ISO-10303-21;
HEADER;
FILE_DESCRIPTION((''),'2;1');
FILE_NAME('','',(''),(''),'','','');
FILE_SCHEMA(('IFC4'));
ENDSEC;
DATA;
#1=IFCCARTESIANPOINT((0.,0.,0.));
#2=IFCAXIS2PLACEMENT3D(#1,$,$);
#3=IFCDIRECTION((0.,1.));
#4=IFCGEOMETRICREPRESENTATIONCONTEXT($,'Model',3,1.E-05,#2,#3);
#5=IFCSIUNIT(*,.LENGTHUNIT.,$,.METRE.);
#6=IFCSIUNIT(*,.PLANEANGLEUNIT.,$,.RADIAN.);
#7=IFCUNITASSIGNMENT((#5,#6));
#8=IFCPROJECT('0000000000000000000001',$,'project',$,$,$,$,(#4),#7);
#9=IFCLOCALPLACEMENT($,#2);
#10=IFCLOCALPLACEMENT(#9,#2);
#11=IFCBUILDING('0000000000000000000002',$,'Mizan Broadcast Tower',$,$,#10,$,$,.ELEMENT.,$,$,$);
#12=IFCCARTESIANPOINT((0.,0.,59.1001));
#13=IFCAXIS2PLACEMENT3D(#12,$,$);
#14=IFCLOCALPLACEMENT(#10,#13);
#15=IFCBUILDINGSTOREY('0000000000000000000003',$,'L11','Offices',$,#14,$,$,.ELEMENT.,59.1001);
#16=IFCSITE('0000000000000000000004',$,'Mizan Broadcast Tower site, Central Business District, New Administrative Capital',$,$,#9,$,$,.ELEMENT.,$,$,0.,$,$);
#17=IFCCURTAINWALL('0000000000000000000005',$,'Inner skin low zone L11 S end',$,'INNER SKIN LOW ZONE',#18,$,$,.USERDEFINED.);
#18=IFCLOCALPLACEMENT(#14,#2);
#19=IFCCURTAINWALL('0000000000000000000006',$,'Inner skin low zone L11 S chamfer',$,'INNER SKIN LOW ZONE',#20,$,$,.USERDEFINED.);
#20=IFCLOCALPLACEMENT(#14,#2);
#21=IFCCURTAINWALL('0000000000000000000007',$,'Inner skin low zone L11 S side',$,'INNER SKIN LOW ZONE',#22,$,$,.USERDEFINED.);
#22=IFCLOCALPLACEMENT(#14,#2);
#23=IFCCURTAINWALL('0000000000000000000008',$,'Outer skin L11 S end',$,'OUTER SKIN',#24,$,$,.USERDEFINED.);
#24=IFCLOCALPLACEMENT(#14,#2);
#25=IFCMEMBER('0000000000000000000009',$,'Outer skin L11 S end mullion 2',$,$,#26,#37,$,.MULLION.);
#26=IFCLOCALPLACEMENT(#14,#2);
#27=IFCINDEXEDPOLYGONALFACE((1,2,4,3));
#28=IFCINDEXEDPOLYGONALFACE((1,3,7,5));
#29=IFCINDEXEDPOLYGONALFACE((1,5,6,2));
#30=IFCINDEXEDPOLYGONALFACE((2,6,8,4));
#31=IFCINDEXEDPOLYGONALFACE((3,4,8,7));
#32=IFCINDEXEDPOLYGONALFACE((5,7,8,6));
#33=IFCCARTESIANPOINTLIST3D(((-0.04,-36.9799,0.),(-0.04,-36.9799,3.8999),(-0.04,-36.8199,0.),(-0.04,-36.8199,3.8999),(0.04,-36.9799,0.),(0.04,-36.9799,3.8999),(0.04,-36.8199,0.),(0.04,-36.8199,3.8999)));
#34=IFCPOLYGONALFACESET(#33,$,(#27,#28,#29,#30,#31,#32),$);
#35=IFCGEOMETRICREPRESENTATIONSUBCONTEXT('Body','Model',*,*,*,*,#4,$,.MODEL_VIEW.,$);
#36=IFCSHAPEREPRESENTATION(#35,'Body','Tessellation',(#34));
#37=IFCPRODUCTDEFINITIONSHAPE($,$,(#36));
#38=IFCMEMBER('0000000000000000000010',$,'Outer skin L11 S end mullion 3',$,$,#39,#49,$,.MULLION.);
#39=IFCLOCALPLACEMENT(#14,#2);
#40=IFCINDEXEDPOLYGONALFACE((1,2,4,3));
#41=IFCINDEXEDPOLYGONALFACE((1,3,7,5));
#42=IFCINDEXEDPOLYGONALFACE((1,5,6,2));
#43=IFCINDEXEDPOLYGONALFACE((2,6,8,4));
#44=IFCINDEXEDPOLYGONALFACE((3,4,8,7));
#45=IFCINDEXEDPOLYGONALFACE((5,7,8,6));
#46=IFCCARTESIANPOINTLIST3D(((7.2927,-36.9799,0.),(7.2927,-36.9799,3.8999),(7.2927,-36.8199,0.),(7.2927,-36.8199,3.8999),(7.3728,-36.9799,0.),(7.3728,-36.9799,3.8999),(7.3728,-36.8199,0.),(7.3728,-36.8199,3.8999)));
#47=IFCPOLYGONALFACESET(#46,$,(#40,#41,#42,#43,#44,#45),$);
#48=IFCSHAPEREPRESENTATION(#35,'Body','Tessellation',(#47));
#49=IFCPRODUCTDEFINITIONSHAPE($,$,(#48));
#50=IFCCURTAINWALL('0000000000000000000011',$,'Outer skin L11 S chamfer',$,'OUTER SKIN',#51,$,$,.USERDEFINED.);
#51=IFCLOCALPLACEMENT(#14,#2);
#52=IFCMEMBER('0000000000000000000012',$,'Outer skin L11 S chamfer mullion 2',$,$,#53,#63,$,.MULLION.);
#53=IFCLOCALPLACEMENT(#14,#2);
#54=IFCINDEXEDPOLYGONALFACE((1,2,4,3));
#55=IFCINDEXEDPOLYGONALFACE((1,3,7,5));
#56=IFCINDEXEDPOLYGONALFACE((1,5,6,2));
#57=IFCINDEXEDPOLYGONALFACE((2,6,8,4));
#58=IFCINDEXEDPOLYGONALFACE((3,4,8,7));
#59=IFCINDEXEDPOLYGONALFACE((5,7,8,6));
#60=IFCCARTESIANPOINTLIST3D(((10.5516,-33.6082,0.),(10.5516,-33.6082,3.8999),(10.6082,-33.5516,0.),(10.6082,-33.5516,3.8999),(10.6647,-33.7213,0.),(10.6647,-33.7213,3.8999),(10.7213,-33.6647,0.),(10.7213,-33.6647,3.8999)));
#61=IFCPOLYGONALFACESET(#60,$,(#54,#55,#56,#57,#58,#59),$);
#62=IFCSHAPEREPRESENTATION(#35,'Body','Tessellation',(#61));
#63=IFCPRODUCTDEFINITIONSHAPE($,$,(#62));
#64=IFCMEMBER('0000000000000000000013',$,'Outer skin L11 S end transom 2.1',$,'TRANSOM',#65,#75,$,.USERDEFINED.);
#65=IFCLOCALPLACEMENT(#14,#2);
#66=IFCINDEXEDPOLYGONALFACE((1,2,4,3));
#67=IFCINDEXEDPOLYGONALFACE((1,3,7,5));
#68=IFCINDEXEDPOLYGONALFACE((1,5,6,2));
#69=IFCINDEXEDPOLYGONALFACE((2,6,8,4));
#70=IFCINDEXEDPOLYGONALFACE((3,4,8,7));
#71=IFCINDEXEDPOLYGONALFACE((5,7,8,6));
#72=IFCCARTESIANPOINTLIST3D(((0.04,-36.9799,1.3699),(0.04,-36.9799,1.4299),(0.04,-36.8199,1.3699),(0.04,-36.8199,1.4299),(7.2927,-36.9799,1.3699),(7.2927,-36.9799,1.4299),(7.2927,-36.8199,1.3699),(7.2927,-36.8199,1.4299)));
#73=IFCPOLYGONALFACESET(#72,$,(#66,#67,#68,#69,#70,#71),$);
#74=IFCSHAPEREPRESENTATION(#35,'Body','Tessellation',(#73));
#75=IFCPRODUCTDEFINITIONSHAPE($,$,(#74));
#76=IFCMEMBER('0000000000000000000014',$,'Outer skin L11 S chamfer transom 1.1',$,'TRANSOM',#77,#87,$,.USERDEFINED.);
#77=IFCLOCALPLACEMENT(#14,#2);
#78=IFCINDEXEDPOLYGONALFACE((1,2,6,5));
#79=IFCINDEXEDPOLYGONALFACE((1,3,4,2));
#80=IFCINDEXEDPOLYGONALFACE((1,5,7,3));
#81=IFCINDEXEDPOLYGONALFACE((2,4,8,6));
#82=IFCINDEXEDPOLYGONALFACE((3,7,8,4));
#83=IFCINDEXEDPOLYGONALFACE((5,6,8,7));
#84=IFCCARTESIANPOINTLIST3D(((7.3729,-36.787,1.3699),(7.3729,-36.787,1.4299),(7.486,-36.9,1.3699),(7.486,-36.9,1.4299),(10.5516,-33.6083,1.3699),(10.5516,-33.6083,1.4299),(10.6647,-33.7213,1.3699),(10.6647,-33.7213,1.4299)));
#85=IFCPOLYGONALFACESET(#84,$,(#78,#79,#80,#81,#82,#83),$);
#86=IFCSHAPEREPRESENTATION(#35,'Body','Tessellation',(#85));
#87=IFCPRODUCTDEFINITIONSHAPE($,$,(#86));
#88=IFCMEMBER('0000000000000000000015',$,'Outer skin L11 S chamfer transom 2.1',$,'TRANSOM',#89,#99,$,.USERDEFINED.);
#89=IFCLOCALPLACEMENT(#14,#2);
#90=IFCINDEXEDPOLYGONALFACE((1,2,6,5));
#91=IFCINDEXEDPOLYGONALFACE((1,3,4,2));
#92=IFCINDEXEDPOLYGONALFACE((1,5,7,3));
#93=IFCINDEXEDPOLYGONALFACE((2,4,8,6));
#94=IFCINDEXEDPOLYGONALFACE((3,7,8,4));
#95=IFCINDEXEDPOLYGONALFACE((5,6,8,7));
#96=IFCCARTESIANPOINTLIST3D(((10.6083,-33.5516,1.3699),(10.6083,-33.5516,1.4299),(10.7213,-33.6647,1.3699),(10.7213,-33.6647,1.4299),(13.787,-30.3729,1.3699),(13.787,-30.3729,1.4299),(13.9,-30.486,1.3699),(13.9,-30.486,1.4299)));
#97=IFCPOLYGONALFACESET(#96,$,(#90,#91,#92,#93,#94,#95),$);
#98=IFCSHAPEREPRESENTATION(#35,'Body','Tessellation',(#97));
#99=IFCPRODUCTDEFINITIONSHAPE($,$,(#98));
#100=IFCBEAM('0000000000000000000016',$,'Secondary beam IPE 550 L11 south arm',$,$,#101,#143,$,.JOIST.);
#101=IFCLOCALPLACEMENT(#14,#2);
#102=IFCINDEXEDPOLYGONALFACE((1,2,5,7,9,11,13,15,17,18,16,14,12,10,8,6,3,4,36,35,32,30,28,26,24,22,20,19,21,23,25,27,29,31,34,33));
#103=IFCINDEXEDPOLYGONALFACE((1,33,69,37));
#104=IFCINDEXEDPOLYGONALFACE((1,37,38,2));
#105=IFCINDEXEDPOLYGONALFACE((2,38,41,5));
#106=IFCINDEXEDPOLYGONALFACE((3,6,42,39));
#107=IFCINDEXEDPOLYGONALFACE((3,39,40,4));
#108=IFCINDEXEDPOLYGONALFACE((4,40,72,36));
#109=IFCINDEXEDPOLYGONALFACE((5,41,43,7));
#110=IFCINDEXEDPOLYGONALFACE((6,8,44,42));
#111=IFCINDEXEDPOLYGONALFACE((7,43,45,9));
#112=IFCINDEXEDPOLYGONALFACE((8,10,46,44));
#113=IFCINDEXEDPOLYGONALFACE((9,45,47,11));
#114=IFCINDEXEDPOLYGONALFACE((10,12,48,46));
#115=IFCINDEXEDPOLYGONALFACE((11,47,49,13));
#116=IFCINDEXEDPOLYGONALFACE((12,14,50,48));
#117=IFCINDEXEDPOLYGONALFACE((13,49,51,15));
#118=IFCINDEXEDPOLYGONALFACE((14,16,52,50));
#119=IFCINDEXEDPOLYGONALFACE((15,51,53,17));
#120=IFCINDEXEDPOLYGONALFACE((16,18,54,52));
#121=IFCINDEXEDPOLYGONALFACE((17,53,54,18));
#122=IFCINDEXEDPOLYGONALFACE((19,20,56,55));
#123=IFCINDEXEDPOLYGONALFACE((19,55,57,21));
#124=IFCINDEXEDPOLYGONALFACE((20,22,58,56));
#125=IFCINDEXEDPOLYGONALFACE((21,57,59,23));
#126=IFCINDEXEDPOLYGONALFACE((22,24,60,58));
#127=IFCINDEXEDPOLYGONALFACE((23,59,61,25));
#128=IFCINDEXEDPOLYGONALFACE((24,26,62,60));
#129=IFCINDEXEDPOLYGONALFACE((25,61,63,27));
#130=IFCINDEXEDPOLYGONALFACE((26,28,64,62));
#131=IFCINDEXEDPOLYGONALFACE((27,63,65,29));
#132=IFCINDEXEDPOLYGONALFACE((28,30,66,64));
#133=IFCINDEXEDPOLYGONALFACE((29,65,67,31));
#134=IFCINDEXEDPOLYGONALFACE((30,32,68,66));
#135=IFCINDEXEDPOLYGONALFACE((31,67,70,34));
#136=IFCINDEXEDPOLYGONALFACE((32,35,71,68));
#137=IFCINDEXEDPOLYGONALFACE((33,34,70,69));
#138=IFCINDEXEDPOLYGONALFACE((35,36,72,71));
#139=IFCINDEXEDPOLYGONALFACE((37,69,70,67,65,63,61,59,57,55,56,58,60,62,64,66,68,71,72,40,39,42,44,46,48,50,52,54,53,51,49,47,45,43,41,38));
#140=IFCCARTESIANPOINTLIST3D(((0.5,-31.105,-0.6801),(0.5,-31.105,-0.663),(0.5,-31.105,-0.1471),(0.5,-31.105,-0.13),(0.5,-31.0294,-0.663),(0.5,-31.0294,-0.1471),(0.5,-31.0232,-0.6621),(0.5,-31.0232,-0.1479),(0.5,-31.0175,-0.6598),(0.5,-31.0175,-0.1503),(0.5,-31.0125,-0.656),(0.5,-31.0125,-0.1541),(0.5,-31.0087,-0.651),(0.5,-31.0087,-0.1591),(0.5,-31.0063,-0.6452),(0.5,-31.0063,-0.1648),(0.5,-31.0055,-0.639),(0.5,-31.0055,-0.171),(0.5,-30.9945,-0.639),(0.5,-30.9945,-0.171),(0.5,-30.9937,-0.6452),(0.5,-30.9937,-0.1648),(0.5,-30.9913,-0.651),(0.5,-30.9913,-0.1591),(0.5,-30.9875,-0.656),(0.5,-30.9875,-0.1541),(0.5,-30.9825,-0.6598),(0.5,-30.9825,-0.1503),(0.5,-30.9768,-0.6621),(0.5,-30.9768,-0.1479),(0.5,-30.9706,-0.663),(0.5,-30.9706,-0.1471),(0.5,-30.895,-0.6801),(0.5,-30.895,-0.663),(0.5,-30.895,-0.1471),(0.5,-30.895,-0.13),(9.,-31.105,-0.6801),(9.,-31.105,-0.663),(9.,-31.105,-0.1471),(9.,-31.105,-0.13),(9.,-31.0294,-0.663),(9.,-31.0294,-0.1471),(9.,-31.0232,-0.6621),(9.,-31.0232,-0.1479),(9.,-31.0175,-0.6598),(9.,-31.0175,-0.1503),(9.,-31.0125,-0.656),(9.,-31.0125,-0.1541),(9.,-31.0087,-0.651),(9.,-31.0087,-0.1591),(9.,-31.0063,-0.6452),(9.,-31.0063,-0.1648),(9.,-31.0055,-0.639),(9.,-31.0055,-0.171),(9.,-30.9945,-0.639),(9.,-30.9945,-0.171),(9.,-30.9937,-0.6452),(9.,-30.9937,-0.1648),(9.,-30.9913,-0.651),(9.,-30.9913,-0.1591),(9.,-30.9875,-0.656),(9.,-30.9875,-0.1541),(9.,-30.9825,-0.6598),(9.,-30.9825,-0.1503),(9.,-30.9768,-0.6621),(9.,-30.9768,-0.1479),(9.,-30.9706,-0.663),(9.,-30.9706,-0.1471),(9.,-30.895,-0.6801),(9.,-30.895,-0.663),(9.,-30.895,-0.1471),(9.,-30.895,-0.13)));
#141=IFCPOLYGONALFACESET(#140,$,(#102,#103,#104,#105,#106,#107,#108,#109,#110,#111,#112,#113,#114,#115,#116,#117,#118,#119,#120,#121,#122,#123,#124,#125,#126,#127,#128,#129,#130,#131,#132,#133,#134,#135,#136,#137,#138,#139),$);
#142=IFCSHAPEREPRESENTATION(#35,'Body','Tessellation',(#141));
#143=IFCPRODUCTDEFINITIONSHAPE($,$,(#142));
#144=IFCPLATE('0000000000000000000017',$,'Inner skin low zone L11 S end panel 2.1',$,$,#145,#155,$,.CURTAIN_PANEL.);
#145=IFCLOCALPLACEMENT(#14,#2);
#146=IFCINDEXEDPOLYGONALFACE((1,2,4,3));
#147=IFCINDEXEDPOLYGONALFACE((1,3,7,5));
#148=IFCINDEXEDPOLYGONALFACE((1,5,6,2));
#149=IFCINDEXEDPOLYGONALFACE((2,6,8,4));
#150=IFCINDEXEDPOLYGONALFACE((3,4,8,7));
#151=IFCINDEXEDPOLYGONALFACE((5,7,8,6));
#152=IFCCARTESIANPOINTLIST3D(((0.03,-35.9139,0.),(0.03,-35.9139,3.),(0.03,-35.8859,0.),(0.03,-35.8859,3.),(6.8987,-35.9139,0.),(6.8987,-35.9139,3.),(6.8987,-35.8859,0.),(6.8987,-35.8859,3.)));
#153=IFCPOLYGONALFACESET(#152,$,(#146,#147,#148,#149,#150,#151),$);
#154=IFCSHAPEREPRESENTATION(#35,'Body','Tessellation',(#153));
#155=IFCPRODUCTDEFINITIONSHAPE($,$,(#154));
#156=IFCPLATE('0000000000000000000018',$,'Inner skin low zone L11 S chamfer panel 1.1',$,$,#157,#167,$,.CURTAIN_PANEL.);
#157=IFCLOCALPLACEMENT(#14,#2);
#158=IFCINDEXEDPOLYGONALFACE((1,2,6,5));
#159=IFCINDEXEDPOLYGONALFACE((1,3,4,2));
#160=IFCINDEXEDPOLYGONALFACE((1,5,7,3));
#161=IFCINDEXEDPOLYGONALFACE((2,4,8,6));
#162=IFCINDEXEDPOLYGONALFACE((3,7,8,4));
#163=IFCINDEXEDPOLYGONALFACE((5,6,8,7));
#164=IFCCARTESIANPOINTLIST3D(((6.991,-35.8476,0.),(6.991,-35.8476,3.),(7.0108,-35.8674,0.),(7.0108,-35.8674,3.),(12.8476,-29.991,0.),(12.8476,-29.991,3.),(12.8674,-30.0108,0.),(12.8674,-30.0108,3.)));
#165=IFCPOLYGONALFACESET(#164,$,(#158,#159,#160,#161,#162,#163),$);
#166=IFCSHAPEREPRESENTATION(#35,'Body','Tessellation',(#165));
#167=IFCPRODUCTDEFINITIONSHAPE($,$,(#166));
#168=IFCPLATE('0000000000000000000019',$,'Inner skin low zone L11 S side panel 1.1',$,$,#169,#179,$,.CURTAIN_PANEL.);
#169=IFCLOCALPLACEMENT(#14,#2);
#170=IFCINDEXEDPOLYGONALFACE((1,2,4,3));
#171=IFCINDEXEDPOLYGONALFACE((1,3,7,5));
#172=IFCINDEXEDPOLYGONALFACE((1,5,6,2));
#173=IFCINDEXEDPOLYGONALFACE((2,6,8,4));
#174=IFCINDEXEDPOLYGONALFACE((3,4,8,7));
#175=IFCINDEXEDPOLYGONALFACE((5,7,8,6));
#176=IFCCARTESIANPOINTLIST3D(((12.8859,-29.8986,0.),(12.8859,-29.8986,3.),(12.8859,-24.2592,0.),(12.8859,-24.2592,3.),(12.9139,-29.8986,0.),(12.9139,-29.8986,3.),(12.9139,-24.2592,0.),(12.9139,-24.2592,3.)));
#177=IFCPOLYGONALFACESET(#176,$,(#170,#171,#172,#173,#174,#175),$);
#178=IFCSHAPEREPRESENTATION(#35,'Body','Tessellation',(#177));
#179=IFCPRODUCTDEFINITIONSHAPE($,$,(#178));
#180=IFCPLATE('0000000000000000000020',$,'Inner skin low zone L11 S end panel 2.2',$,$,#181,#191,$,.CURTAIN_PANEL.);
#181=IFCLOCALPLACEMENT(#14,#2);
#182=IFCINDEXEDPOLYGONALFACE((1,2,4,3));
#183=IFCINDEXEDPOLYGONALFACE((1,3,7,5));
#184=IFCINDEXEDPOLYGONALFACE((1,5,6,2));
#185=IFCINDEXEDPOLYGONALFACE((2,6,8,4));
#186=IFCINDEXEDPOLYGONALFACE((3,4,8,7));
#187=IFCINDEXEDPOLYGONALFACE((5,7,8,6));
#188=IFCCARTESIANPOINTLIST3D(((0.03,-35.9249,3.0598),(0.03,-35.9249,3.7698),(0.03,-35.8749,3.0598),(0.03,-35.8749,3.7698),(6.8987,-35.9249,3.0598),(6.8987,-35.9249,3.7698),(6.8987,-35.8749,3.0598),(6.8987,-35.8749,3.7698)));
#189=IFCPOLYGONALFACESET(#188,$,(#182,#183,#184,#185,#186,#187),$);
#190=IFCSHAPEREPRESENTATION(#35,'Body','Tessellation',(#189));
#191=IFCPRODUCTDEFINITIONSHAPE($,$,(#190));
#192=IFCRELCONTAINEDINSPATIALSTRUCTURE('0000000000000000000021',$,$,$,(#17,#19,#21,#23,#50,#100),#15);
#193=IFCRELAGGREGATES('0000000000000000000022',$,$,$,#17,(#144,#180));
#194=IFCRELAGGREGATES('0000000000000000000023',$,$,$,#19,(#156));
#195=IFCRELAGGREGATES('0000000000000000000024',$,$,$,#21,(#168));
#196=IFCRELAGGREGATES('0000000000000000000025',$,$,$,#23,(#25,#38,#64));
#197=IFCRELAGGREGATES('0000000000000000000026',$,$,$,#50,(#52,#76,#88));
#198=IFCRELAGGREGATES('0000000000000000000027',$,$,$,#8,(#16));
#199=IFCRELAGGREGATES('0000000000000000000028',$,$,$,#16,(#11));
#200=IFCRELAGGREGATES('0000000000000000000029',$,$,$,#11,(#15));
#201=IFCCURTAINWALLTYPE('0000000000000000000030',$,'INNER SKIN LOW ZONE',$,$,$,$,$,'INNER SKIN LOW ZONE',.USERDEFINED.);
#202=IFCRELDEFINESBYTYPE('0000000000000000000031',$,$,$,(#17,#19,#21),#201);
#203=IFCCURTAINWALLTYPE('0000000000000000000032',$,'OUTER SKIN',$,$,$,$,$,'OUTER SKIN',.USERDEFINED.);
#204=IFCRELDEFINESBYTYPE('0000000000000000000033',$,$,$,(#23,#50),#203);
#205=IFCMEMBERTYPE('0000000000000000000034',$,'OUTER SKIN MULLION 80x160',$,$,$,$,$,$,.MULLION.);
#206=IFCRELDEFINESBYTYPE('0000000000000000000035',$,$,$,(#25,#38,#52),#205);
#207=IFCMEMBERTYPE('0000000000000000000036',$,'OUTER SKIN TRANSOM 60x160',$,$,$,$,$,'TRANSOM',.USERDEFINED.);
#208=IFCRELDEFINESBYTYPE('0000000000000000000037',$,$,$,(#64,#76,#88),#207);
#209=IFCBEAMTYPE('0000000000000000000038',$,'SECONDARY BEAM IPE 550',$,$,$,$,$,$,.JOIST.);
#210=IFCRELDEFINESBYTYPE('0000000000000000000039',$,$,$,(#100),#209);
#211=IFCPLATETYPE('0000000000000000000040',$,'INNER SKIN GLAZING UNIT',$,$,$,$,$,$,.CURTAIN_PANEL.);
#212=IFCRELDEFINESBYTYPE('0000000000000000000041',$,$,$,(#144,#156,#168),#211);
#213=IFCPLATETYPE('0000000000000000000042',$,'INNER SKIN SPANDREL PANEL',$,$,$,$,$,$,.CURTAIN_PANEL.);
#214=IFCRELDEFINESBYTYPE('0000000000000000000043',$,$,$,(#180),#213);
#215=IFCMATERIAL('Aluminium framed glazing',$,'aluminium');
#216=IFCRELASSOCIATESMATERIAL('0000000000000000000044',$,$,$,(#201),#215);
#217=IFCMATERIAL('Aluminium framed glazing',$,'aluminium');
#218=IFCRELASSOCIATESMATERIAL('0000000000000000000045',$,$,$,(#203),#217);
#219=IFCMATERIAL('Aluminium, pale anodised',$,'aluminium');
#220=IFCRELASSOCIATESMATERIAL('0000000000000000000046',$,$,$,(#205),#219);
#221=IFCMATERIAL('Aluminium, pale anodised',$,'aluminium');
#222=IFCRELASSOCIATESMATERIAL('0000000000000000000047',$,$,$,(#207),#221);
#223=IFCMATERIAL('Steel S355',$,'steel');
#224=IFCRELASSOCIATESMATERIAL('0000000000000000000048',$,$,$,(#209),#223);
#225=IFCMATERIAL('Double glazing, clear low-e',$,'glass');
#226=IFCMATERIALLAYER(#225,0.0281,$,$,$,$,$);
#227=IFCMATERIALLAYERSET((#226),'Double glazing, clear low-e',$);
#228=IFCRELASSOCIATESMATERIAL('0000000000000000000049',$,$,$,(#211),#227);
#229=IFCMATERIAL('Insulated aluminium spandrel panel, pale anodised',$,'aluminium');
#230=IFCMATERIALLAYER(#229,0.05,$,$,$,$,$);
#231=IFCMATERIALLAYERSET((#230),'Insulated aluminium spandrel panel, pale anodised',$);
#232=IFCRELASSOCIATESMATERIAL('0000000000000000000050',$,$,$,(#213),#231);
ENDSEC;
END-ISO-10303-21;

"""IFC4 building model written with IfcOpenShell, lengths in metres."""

from ifc_helpers import new_model, si_unit, direction, frame, origin, origin_2d, place, context, subcontext, project, spatial, rectangle, i_section, extrude, material, layer, layer_set, material_profile, profile_set, type_object, element, aggregate, save


model = new_model("IFC4")

# Units and contexts
model_context = context("Model", 3, precision=1e-05, world=origin(), true_north=direction((0.0, 1.0)))
body_context = subcontext(model_context, "Body", "Model", "MODEL_VIEW")
ifc_project = project(units=[si_unit("LENGTHUNIT", "METRE"), si_unit("PLANEANGLEUNIT", "RADIAN")], contexts=[model_context])

# Site, building, storey
site_placement = place(None, origin())
site = spatial("IfcSite", under=ifc_project, at=site_placement, Name="Mizan Broadcast Tower site, Central Business District, New Administrative Capital", CompositionType="ELEMENT", RefElevation=0.0)
building_placement = place(site_placement, origin())
building = spatial("IfcBuilding", under=site, at=building_placement, Name="Mizan Broadcast Tower", CompositionType="ELEMENT")
storey_placement = place(building_placement, frame((0.0, 0.0, 59.1001)))
storey = spatial("IfcBuildingStorey", under=building, at=storey_placement, Name="L11", Description="Offices", CompositionType="ELEMENT", Elevation=59.1001)

# Curtain wall
ifc_material_1 = material(Name="Aluminium framed glazing", Category="aluminium")
curtain_wall_type_1 = type_object("IfcCurtainWallType", Name="INNER SKIN LOW ZONE", ElementType="INNER SKIN LOW ZONE", PredefinedType="USERDEFINED", material=ifc_material_1)
curtain_wall_1_placement = place(storey_placement, origin())
curtain_wall_1 = element("IfcCurtainWall", 1, at=curtain_wall_1_placement, inside=storey, type_object=curtain_wall_type_1, Name="Inner skin low zone L11 S end", ObjectType="INNER SKIN LOW ZONE", PredefinedType="USERDEFINED")

# Curtain walls
curtain_wall_2_placement = place(storey_placement, origin())
curtain_wall_2 = element("IfcCurtainWall", 2, at=curtain_wall_2_placement, inside=storey, type_object=curtain_wall_type_1, Name="Inner skin low zone L11 S chamfer", ObjectType="INNER SKIN LOW ZONE", PredefinedType="USERDEFINED")
curtain_wall_3_placement = place(storey_placement, origin())
curtain_wall_3 = element("IfcCurtainWall", 3, at=curtain_wall_3_placement, inside=storey, type_object=curtain_wall_type_1, Name="Inner skin low zone L11 S side", ObjectType="INNER SKIN LOW ZONE", PredefinedType="USERDEFINED")

# Curtain wall, members
ifc_material_2 = material(Name="Aluminium framed glazing", Category="aluminium")
curtain_wall_type_2 = type_object("IfcCurtainWallType", Name="OUTER SKIN", ElementType="OUTER SKIN", PredefinedType="USERDEFINED", material=ifc_material_2)
curtain_wall_4_placement = place(storey_placement, origin())
curtain_wall_4 = element("IfcCurtainWall", 4, at=curtain_wall_4_placement, inside=storey, type_object=curtain_wall_type_2, Name="Outer skin L11 S end", ObjectType="OUTER SKIN", PredefinedType="USERDEFINED")
ifc_material_3 = material(Name="Aluminium, pale anodised", Category="aluminium")
ifc_material_profile_1 = material_profile(ifc_material_3, rectangle(XDim=0.1599, YDim=0.0801, at=origin_2d()), Name="MULLION 160x80")
ifc_profile_set_1 = profile_set([ifc_material_profile_1], Name="Aluminium, pale anodised")
member_type_1 = type_object("IfcMemberType", Name="OUTER SKIN MULLION 80x160", PredefinedType="MULLION", material=ifc_profile_set_1)
member_1_placement = place(storey_placement, frame((0.0, -36.8999, 0.0), z_axis=(0.0, 0.0, 1.0), x_axis=(0.0, 1.0, 0.0)))
member_1 = element("IfcMember", 5, at=member_1_placement, type_object=member_type_1, Name="Outer skin L11 S end mullion 2", PredefinedType="MULLION", context=body_context, shape_type="SweptSolid", body=[
    extrude(rectangle(XDim=0.1599, YDim=0.0801, at=origin_2d()), origin(), (0.0, 0.0, 1.0), 3.8999),
])
member_2_placement = place(storey_placement, frame((7.3328, -36.8999, 0.0), z_axis=(0.0, 0.0, 1.0), x_axis=(0.0, 1.0, 0.0)))
member_2 = element("IfcMember", 6, at=member_2_placement, type_object=member_type_1, Name="Outer skin L11 S end mullion 3", PredefinedType="MULLION", context=body_context, shape_type="SweptSolid", body=[
    extrude(rectangle(XDim=0.1599, YDim=0.0801, at=origin_2d()), origin(), (0.0, 0.0, 1.0), 3.8999),
])

# Curtain wall, member
curtain_wall_5_placement = place(storey_placement, origin())
curtain_wall_5 = element("IfcCurtainWall", 7, at=curtain_wall_5_placement, inside=storey, type_object=curtain_wall_type_2, Name="Outer skin L11 S chamfer", ObjectType="OUTER SKIN", PredefinedType="USERDEFINED")
member_3_placement = place(storey_placement, frame((10.6365, -33.6365, 0.0), z_axis=(0.0, 0.0, 1.0), x_axis=(-0.707107, 0.707107, 0.0)))
member_3 = element("IfcMember", 8, at=member_3_placement, type_object=member_type_1, Name="Outer skin L11 S chamfer mullion 2", PredefinedType="MULLION", context=body_context, shape_type="SweptSolid", body=[
    extrude(rectangle(XDim=0.1599, YDim=0.0801, at=origin_2d()), origin(), (0.0, 0.0, 1.0), 3.8999),
])

# Members
ifc_material_4 = material(Name="Aluminium, pale anodised", Category="aluminium")
ifc_material_profile_2 = material_profile(ifc_material_4, rectangle(XDim=0.1599, YDim=0.0601, at=origin_2d()), Name="TRANSOM 160x60")
ifc_profile_set_2 = profile_set([ifc_material_profile_2], Name="Aluminium, pale anodised")
member_type_2 = type_object("IfcMemberType", Name="OUTER SKIN TRANSOM 60x160", ElementType="TRANSOM", PredefinedType="USERDEFINED", material=ifc_profile_set_2)
member_4_placement = place(storey_placement, frame((0.04, -36.8999, 1.3999), z_axis=(1.0, 0.0, 0.0), x_axis=(0.0, 1.0, 0.0)))
member_4 = element("IfcMember", 9, at=member_4_placement, type_object=member_type_2, Name="Outer skin L11 S end transom 2.1", ObjectType="TRANSOM", PredefinedType="USERDEFINED", context=body_context, shape_type="SweptSolid", body=[
    extrude(rectangle(XDim=0.1599, YDim=0.0601, at=origin_2d()), origin(), (0.0, 0.0, 1.0), 7.2527),
])
member_5_placement = place(storey_placement, frame((7.4294, -36.8435, 1.3999), z_axis=(0.707107, 0.707107, 0.0), x_axis=(-0.707107, 0.707107, 0.0)))
member_5 = element("IfcMember", 10, at=member_5_placement, type_object=member_type_2, Name="Outer skin L11 S chamfer transom 1.1", ObjectType="TRANSOM", PredefinedType="USERDEFINED", context=body_context, shape_type="SweptSolid", body=[
    extrude(rectangle(XDim=0.1599, YDim=0.0601, at=origin_2d()), origin(), (0.0, 0.0, 1.0), 4.4954),
])
member_6_placement = place(storey_placement, frame((10.6648, -33.6082, 1.3999), z_axis=(0.707107, 0.707107, 0.0), x_axis=(-0.707107, 0.707107, 0.0)))
member_6 = element("IfcMember", 11, at=member_6_placement, type_object=member_type_2, Name="Outer skin L11 S chamfer transom 2.1", ObjectType="TRANSOM", PredefinedType="USERDEFINED", context=body_context, shape_type="SweptSolid", body=[
    extrude(rectangle(XDim=0.1599, YDim=0.0601, at=origin_2d()), origin(), (0.0, 0.0, 1.0), 4.4954),
])

# Beam
ifc_material_5 = material(Name="Steel S355", Category="steel")
ifc_material_profile_3 = material_profile(ifc_material_5, i_section(OverallWidth=0.21, OverallDepth=0.55, WebThickness=0.011, FlangeThickness=0.0171, FilletRadius=0.0239, at=origin_2d()), Name="IPE 550")
ifc_profile_set_3 = profile_set([ifc_material_profile_3], Name="Steel S355")
beam_type_1 = type_object("IfcBeamType", Name="SECONDARY BEAM IPE 550", PredefinedType="JOIST", material=ifc_profile_set_3)
beam_1_placement = place(storey_placement, frame((9.0, -31.0, -0.405), z_axis=(-1.0, 0.0, 0.0), x_axis=(0.0, -1.0, 0.0)))
element("IfcBeam", 12, at=beam_1_placement, inside=storey, type_object=beam_type_1, Name="Secondary beam IPE 550 L11 south arm", PredefinedType="JOIST", context=body_context, shape_type="SweptSolid", body=[
    extrude(i_section(OverallWidth=0.21, OverallDepth=0.55, WebThickness=0.011, FlangeThickness=0.0171, FilletRadius=0.0239, at=origin_2d()), origin(), (0.0, 0.0, 1.0), 8.5),
])

# Plates
ifc_material_6 = material(Name="Double glazing, clear low-e", Category="glass")
ifc_layer_1 = layer(ifc_material_6, 0.0281)
ifc_layer_set_1 = layer_set([ifc_layer_1], Name="Double glazing, clear low-e")
plate_type_1 = type_object("IfcPlateType", Name="INNER SKIN GLAZING UNIT", PredefinedType="CURTAIN_PANEL", material=ifc_layer_set_1)
plate_1_placement = place(storey_placement, frame((3.4644, -35.8999, 0.0), z_axis=(0.0, 0.0, 1.0), x_axis=(1.0, 0.0, 0.0)))
plate_1 = element("IfcPlate", 13, at=plate_1_placement, type_object=plate_type_1, Name="Inner skin low zone L11 S end panel 2.1", PredefinedType="CURTAIN_PANEL", context=body_context, shape_type="SweptSolid", body=[
    extrude(rectangle(XDim=6.8687, YDim=0.0281, at=origin_2d()), origin(), (0.0, 0.0, 1.0), 3.0),
])
plate_2_placement = place(storey_placement, frame((9.9292, -32.9292, 0.0), z_axis=(0.0, 0.0, 1.0), x_axis=(0.707107, 0.707107, 0.0)))
plate_2 = element("IfcPlate", 14, at=plate_2_placement, type_object=plate_type_1, Name="Inner skin low zone L11 S chamfer panel 1.1", PredefinedType="CURTAIN_PANEL", context=body_context, shape_type="SweptSolid", body=[
    extrude(rectangle(XDim=8.2825, YDim=0.0281, at=origin_2d()), origin(), (0.0, 0.0, 1.0), 3.0),
])
plate_3_placement = place(storey_placement, frame((12.8999, -27.0789, 0.0), z_axis=(0.0, 0.0, 1.0), x_axis=(0.0, 1.0, 0.0)))
plate_3 = element("IfcPlate", 15, at=plate_3_placement, type_object=plate_type_1, Name="Inner skin low zone L11 S side panel 1.1", PredefinedType="CURTAIN_PANEL", context=body_context, shape_type="SweptSolid", body=[
    extrude(rectangle(XDim=5.6394, YDim=0.0281, at=origin_2d()), origin(), (0.0, 0.0, 1.0), 3.0),
])
ifc_material_7 = material(Name="Insulated aluminium spandrel panel, pale anodised", Category="aluminium")
ifc_layer_2 = layer(ifc_material_7, 0.05)
ifc_layer_set_2 = layer_set([ifc_layer_2], Name="Insulated aluminium spandrel panel, pale anodised")
plate_type_2 = type_object("IfcPlateType", Name="INNER SKIN SPANDREL PANEL", PredefinedType="CURTAIN_PANEL", material=ifc_layer_set_2)
plate_4_placement = place(storey_placement, frame((3.4644, -35.8999, 3.0598), z_axis=(0.0, 0.0, 1.0), x_axis=(1.0, 0.0, 0.0)))
plate_4 = element("IfcPlate", 16, at=plate_4_placement, type_object=plate_type_2, Name="Inner skin low zone L11 S end panel 2.2", PredefinedType="CURTAIN_PANEL", context=body_context, shape_type="SweptSolid", body=[
    extrude(rectangle(XDim=6.8687, YDim=0.05, at=origin_2d()), origin(), (0.0, 0.0, 1.0), 0.71),
])
aggregate(curtain_wall_1, [plate_1, plate_4])
aggregate(curtain_wall_2, [plate_2])
aggregate(curtain_wall_3, [plate_3])
aggregate(curtain_wall_4, [member_1, member_2, member_4])
aggregate(curtain_wall_5, [member_3, member_5, member_6])

save(model, "model.ifc")
